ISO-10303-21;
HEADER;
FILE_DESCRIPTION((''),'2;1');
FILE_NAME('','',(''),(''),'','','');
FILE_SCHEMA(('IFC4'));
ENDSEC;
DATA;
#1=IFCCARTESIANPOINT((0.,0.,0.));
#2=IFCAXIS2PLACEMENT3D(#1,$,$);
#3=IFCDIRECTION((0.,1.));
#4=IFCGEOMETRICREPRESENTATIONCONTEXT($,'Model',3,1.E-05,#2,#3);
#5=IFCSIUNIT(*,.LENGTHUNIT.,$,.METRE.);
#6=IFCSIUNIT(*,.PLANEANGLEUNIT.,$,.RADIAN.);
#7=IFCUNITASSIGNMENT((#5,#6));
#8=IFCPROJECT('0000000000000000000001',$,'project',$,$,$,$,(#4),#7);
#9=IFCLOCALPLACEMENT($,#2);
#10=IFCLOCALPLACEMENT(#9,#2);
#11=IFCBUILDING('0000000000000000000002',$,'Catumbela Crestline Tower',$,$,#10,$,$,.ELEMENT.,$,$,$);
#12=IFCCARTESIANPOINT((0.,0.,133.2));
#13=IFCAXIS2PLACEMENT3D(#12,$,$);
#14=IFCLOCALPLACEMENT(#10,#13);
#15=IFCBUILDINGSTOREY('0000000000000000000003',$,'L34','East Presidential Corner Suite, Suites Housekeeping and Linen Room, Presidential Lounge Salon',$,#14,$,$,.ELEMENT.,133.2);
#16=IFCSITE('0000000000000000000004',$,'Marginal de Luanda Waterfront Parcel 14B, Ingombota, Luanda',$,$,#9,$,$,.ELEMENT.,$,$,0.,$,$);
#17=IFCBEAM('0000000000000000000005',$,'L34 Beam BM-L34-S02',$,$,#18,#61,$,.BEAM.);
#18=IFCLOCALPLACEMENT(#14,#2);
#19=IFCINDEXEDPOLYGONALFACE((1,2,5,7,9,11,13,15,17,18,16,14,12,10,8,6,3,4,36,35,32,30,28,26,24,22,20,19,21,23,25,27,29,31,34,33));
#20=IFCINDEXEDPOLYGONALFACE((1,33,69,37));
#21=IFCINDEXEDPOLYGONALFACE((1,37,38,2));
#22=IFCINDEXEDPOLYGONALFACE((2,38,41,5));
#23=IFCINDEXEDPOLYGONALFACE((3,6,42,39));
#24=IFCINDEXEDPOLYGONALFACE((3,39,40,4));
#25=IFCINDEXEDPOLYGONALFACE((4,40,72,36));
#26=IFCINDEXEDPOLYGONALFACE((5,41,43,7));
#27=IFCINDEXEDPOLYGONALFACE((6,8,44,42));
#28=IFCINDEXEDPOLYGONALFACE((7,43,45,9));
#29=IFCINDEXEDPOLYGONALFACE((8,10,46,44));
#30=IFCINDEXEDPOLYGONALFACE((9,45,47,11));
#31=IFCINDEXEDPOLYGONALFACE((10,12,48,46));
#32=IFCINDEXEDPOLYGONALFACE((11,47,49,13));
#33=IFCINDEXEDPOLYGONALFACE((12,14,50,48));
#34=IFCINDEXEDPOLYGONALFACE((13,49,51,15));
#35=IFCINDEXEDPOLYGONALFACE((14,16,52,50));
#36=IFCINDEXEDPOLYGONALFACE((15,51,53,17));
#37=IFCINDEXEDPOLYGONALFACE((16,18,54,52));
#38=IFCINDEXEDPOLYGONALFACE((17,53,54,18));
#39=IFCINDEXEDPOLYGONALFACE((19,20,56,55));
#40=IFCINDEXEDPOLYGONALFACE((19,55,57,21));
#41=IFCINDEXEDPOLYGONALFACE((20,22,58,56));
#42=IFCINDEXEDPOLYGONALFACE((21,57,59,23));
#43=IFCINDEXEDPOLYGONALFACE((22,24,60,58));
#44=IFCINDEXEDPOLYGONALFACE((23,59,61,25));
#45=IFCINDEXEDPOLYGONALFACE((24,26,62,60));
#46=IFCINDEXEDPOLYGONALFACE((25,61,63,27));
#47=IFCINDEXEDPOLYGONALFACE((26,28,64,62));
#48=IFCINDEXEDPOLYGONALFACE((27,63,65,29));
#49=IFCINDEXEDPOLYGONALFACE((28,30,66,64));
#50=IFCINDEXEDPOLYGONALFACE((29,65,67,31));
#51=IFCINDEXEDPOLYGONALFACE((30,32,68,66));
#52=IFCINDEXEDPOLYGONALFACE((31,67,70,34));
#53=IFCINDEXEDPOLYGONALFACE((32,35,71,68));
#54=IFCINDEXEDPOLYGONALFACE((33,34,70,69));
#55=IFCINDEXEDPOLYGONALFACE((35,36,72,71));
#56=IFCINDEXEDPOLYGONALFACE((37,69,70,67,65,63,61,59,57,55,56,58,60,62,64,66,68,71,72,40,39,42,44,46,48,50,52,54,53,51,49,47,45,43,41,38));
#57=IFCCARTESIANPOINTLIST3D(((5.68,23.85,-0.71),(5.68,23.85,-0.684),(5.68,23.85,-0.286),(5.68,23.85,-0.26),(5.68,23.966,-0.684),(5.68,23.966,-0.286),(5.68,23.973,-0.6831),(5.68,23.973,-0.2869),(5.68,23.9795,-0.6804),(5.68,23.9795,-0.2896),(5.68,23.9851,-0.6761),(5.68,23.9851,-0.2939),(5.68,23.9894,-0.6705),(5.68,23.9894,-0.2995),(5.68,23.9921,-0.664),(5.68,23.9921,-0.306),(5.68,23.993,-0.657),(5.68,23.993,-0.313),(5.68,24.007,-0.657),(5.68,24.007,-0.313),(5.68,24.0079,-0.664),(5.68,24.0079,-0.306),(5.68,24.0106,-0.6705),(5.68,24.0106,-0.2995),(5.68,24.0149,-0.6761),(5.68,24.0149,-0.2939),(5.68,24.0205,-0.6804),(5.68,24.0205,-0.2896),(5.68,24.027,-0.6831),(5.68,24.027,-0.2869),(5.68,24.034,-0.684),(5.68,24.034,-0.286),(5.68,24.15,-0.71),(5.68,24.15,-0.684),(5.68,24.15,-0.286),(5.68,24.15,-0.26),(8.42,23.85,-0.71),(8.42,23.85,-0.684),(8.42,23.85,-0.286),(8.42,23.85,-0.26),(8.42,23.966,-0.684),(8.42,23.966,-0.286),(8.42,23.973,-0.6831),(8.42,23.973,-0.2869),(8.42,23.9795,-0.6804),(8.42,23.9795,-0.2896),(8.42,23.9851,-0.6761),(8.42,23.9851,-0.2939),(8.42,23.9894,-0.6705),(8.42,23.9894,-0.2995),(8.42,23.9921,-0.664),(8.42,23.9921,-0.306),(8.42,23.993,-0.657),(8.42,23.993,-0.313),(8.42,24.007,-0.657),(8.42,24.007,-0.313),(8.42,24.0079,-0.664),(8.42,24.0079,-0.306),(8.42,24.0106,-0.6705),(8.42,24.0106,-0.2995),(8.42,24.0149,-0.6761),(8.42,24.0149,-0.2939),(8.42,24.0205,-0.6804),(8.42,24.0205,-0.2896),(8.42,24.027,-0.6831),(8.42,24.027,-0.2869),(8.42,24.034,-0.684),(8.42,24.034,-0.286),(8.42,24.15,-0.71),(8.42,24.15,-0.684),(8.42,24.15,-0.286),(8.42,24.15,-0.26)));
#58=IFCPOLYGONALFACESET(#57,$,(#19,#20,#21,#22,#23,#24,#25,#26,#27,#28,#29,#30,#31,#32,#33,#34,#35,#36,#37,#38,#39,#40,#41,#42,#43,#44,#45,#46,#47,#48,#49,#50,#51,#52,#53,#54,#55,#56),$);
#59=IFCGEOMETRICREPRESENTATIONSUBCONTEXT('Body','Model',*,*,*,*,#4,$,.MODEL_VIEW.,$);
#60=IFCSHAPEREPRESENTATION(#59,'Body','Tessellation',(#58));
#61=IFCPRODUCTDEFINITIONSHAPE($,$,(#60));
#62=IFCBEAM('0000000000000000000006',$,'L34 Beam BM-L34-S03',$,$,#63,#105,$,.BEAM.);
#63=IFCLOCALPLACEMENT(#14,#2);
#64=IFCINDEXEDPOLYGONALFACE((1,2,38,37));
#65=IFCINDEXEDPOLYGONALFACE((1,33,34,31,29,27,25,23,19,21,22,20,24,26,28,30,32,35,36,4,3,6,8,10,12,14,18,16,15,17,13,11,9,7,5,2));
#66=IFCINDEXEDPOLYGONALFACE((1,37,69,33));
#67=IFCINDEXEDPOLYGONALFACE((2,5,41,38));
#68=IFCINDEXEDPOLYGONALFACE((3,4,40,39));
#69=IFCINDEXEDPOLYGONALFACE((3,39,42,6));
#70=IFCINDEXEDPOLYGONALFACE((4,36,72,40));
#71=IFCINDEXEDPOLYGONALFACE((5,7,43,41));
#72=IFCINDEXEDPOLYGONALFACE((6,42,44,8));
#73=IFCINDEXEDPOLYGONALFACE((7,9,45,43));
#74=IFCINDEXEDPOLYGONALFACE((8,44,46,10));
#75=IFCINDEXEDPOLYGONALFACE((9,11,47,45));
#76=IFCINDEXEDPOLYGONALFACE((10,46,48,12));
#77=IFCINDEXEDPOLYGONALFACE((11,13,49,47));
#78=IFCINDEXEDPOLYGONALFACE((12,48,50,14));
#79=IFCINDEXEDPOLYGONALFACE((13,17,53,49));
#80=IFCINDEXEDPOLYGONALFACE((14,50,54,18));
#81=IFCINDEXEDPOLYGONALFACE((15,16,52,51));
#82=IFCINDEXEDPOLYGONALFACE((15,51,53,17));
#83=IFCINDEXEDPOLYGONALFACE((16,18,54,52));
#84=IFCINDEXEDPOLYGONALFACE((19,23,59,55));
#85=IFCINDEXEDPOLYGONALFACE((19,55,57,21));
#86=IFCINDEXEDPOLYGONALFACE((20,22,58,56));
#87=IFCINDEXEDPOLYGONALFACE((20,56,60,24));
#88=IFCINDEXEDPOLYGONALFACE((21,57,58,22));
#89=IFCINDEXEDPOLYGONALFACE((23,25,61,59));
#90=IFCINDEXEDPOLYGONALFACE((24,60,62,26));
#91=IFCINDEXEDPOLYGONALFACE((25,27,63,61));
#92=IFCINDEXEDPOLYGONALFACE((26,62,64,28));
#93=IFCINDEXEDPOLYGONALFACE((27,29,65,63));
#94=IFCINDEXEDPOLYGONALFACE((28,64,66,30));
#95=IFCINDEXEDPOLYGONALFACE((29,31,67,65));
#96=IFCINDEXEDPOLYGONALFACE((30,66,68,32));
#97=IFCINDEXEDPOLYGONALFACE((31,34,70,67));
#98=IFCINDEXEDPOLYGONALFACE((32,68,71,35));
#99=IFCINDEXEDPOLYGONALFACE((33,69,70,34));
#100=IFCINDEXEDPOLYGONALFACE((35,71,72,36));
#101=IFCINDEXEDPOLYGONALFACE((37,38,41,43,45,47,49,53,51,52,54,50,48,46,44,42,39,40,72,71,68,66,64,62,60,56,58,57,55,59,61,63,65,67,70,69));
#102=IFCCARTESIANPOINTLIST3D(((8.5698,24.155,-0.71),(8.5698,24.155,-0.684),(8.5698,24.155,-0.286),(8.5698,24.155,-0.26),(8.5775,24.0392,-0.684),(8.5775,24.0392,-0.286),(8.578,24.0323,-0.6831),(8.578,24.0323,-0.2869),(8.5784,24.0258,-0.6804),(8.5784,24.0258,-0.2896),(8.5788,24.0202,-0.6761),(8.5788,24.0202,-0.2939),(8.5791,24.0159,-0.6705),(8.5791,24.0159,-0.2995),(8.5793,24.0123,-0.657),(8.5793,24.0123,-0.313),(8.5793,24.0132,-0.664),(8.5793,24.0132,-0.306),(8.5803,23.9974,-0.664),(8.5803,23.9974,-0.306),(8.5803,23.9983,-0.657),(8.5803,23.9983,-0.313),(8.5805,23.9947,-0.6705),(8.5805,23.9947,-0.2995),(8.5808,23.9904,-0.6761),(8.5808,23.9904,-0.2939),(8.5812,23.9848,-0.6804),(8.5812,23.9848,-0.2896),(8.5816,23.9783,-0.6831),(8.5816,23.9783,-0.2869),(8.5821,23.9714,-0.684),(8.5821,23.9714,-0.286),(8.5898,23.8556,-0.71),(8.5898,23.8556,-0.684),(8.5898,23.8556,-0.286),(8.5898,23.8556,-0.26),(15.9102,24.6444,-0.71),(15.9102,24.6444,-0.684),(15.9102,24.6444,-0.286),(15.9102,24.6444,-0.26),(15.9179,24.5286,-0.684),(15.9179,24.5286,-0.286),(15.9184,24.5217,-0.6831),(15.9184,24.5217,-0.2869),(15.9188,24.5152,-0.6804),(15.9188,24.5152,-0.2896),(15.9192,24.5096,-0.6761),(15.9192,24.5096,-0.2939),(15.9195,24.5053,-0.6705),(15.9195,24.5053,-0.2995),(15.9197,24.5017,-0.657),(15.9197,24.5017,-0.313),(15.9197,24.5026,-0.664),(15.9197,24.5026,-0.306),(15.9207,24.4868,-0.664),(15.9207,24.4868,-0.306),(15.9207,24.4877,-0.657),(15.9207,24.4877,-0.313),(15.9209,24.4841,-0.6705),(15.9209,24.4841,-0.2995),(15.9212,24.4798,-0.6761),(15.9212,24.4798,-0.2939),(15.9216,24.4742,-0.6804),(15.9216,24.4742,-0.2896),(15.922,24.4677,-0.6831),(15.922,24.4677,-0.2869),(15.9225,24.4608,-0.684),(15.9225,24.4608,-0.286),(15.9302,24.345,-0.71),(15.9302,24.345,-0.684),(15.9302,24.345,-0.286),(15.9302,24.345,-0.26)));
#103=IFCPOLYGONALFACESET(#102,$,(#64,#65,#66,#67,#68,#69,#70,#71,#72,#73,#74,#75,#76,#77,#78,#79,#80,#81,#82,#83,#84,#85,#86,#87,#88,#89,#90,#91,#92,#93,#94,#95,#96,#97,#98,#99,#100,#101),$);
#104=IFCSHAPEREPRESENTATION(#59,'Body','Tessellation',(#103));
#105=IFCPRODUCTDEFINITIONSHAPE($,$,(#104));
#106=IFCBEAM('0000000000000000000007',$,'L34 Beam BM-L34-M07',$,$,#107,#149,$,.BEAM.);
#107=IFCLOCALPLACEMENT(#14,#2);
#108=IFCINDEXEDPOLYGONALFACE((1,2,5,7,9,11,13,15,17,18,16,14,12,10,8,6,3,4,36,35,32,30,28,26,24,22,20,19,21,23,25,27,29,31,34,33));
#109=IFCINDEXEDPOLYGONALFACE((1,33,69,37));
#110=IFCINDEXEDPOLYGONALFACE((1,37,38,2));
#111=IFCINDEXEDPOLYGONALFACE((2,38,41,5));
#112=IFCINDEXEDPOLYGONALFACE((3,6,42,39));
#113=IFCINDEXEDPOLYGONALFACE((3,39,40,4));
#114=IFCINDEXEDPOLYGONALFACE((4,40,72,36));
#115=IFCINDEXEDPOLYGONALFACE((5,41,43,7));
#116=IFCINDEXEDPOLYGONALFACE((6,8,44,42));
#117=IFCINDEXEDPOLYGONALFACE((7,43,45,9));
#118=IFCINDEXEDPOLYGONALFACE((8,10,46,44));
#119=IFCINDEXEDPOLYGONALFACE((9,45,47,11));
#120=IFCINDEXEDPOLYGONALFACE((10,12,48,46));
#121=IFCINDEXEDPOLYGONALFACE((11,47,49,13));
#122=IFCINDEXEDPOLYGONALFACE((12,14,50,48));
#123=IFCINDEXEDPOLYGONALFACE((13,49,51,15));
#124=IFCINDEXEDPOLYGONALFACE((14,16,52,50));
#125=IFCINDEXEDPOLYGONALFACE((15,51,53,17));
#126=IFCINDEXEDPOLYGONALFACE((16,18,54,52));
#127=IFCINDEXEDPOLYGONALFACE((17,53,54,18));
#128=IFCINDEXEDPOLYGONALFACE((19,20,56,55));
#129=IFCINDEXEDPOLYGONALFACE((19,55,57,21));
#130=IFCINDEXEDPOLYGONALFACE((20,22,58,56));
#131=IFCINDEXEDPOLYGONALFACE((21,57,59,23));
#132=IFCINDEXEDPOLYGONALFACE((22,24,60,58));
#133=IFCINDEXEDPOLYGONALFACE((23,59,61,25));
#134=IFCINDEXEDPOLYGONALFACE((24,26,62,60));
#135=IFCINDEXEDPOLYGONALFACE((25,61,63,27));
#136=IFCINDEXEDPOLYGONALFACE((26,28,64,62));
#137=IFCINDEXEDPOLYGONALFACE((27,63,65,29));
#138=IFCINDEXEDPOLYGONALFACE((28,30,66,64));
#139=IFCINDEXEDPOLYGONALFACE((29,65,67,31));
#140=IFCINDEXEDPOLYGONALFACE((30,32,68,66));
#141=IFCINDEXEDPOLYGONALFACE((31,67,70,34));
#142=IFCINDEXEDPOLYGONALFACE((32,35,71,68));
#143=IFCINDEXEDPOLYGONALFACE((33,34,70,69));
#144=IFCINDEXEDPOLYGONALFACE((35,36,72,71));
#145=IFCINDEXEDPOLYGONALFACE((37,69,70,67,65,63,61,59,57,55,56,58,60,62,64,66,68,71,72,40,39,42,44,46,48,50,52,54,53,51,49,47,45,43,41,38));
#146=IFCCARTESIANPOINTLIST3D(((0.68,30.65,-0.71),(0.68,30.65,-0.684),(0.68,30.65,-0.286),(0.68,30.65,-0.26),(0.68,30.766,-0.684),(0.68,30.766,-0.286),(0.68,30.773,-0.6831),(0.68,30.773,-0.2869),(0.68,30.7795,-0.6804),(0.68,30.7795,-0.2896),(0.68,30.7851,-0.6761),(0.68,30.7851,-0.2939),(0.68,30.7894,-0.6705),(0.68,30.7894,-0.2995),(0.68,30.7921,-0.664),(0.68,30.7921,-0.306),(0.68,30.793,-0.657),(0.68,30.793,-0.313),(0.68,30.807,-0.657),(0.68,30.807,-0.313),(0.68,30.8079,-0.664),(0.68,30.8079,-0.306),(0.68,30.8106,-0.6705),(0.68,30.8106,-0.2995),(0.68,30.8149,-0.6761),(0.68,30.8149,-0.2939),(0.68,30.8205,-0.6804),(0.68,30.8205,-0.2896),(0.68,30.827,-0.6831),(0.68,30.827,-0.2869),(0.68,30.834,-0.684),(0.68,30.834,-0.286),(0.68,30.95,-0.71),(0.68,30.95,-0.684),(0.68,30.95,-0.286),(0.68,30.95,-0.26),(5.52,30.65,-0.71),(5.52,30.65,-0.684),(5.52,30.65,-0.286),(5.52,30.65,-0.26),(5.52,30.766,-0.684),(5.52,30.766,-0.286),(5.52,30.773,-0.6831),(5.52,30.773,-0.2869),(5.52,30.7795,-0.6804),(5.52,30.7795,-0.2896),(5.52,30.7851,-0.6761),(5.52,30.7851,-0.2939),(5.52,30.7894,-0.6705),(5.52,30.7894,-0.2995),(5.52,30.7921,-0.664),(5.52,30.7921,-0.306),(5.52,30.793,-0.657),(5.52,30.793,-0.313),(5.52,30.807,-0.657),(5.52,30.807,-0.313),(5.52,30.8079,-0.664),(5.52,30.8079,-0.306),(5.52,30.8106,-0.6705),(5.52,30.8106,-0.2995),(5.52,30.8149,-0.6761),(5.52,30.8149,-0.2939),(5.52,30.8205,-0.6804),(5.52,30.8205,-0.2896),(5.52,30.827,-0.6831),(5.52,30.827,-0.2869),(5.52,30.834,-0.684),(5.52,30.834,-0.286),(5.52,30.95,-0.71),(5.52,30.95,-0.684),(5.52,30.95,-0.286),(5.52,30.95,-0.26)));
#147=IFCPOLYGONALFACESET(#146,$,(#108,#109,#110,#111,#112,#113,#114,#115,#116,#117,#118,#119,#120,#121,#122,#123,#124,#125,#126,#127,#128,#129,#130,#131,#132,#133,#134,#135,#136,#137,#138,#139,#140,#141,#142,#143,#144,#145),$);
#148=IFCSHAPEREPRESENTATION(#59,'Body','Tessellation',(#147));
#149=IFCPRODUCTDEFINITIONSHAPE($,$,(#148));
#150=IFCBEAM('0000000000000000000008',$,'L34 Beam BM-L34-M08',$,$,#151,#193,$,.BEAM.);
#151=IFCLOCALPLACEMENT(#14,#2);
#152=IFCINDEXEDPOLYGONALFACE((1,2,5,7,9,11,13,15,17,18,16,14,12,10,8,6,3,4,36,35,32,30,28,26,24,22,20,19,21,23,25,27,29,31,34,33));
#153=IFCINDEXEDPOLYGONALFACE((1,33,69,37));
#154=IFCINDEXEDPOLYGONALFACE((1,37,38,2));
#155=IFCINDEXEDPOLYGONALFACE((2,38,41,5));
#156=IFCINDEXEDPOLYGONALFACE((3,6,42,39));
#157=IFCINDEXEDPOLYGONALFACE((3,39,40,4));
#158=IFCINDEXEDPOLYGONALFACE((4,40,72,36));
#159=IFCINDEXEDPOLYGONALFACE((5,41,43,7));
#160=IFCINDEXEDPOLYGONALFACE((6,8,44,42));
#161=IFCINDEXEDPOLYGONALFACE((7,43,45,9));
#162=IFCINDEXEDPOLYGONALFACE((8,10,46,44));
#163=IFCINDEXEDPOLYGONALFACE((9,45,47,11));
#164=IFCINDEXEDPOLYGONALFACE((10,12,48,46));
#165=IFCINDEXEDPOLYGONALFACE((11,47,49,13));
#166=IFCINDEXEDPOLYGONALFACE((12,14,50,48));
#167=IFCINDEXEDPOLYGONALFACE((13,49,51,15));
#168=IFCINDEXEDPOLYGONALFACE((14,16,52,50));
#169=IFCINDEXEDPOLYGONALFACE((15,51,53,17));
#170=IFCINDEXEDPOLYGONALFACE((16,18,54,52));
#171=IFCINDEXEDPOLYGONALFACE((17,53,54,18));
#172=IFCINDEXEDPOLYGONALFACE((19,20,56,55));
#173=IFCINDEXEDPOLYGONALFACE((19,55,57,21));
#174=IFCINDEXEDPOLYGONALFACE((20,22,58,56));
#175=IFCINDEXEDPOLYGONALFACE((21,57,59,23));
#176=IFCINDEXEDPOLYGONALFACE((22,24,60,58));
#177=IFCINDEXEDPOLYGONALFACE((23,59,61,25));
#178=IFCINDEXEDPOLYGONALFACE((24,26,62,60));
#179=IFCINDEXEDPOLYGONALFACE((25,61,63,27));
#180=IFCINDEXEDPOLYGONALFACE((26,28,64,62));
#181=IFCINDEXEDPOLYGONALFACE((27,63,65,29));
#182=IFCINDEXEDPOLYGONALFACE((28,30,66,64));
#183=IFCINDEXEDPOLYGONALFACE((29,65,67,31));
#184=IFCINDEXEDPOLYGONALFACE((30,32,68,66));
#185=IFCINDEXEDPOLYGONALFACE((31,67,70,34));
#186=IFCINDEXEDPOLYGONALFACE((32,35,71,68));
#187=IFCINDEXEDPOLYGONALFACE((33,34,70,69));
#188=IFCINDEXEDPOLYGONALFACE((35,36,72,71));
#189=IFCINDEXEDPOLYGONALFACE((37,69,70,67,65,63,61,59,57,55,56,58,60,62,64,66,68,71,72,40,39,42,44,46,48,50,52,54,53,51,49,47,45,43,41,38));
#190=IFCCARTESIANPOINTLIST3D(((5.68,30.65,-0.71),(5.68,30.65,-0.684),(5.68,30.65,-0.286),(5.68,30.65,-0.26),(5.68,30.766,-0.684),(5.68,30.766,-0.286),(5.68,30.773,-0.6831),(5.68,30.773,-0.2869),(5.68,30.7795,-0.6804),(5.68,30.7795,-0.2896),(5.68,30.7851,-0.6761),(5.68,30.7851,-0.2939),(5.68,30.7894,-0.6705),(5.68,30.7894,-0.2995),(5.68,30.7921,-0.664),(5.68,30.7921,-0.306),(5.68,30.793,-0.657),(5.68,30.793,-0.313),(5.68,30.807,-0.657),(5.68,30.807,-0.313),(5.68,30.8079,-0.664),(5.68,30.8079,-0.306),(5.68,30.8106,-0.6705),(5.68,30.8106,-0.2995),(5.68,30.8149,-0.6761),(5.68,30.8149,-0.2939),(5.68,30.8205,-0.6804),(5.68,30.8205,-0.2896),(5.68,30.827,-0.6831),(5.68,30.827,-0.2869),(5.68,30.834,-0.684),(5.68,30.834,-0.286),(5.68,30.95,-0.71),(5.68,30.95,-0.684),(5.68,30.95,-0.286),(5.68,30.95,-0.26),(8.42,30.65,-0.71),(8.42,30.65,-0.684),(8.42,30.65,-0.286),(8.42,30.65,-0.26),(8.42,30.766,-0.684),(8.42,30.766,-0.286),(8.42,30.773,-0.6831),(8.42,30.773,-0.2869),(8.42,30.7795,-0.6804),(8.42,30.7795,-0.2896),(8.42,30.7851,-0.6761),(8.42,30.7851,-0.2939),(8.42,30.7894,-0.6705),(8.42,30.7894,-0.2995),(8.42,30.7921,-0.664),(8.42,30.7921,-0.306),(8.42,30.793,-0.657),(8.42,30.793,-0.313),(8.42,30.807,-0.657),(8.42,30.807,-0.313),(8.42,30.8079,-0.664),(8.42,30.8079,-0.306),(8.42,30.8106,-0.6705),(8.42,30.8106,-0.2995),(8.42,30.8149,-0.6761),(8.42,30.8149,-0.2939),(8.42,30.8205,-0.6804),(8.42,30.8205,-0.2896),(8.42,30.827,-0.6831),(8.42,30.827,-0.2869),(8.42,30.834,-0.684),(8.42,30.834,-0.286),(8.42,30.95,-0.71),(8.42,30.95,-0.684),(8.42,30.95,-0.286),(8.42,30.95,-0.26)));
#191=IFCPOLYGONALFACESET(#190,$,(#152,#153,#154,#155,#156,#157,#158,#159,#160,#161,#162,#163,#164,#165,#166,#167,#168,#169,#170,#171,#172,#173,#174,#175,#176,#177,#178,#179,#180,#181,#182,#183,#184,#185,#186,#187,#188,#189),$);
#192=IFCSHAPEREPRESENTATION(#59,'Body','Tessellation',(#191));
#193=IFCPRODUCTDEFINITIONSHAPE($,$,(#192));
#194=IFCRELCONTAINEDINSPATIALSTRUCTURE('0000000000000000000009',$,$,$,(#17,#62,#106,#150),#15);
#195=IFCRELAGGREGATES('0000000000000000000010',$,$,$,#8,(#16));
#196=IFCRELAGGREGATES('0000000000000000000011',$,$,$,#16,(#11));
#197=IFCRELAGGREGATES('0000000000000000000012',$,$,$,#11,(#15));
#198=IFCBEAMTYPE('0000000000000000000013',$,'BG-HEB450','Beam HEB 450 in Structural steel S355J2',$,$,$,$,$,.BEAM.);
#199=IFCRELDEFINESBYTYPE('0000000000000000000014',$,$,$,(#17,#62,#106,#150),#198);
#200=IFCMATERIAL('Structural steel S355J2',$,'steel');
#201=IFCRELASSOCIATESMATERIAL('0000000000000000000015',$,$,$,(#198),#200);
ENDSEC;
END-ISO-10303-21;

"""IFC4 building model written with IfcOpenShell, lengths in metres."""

from ifc_helpers import new_model, si_unit, direction, frame, origin, origin_2d, place, context, subcontext, project, spatial, i_section, extrude, material, material_profile, profile_set, type_object, element, save


model = new_model("IFC4")

# Units and contexts
model_context = context("Model", 3, precision=1e-05, world=origin(), true_north=direction((0.0, 1.0)))
body_context = subcontext(model_context, "Body", "Model", "MODEL_VIEW")
ifc_project = project(units=[si_unit("LENGTHUNIT", "METRE"), si_unit("PLANEANGLEUNIT", "RADIAN")], contexts=[model_context])

# Site, building, storey
site_placement = place(None, origin())
site = spatial("IfcSite", under=ifc_project, at=site_placement, Name="Marginal de Luanda Waterfront Parcel 14B, Ingombota, Luanda", CompositionType="ELEMENT", RefElevation=0.0)
building_placement = place(site_placement, origin())
building = spatial("IfcBuilding", under=site, at=building_placement, Name="Catumbela Crestline Tower", CompositionType="ELEMENT")
storey_placement = place(building_placement, frame((0.0, 0.0, 133.2)))
storey = spatial("IfcBuildingStorey", under=building, at=storey_placement, Name="L34", Description="East Presidential Corner Suite, Suites Housekeeping and Linen Room, Presidential Lounge Salon", CompositionType="ELEMENT", Elevation=133.2)

# Beams
ifc_material_1 = material(Name="Structural steel S355J2", Category="steel")
ifc_material_profile_1 = material_profile(ifc_material_1, i_section(OverallWidth=0.3, OverallDepth=0.45, WebThickness=0.014, FlangeThickness=0.026, FilletRadius=0.027, at=origin_2d()), Name="HEB 450")
ifc_profile_set_1 = profile_set([ifc_material_profile_1], Name="Structural steel S355J2")
beam_type = type_object("IfcBeamType", Name="BG-HEB450", Description="Beam HEB 450 in Structural steel S355J2", PredefinedType="BEAM", material=ifc_profile_set_1)
beam_1_placement = place(storey_placement, frame((5.68, 24.0, -0.485), z_axis=(1.0, 0.0, 0.0), x_axis=(0.0, 1.0, 0.0)))
element("IfcBeam", 1, at=beam_1_placement, inside=storey, type_object=beam_type, Name="L34 Beam BM-L34-S02", PredefinedType="BEAM", context=body_context, shape_type="SweptSolid", body=[
    extrude(i_section(OverallWidth=0.3, OverallDepth=0.45, WebThickness=0.014, FlangeThickness=0.026, FilletRadius=0.027, at=origin_2d()), origin(), (0.0, 0.0, 1.0), 2.74),
])
beam_2_placement = place(storey_placement, frame((8.5798, 24.0053, -0.485), z_axis=(0.997785, 0.066524, 0.0), x_axis=(-0.066524, 0.997785, 0.0)))
element("IfcBeam", 2, at=beam_2_placement, inside=storey, type_object=beam_type, Name="L34 Beam BM-L34-S03", PredefinedType="BEAM", context=body_context, shape_type="SweptSolid", body=[
    extrude(i_section(OverallWidth=0.3, OverallDepth=0.45, WebThickness=0.014, FlangeThickness=0.026, FilletRadius=0.027, at=origin_2d()), origin(), (0.0, 0.0, 1.0), 7.3567),
])
beam_3_placement = place(storey_placement, frame((0.68, 30.8, -0.485), z_axis=(1.0, 0.0, 0.0), x_axis=(0.0, 1.0, 0.0)))
element("IfcBeam", 3, at=beam_3_placement, inside=storey, type_object=beam_type, Name="L34 Beam BM-L34-M07", PredefinedType="BEAM", context=body_context, shape_type="SweptSolid", body=[
    extrude(i_section(OverallWidth=0.3, OverallDepth=0.45, WebThickness=0.014, FlangeThickness=0.026, FilletRadius=0.027, at=origin_2d()), origin(), (0.0, 0.0, 1.0), 4.84),
])
beam_4_placement = place(storey_placement, frame((5.68, 30.8, -0.485), z_axis=(1.0, 0.0, 0.0), x_axis=(0.0, 1.0, 0.0)))
element("IfcBeam", 4, at=beam_4_placement, inside=storey, type_object=beam_type, Name="L34 Beam BM-L34-M08", PredefinedType="BEAM", context=body_context, shape_type="SweptSolid", body=[
    extrude(i_section(OverallWidth=0.3, OverallDepth=0.45, WebThickness=0.014, FlangeThickness=0.026, FilletRadius=0.027, at=origin_2d()), origin(), (0.0, 0.0, 1.0), 2.74),
])

save(model, "model.ifc")
